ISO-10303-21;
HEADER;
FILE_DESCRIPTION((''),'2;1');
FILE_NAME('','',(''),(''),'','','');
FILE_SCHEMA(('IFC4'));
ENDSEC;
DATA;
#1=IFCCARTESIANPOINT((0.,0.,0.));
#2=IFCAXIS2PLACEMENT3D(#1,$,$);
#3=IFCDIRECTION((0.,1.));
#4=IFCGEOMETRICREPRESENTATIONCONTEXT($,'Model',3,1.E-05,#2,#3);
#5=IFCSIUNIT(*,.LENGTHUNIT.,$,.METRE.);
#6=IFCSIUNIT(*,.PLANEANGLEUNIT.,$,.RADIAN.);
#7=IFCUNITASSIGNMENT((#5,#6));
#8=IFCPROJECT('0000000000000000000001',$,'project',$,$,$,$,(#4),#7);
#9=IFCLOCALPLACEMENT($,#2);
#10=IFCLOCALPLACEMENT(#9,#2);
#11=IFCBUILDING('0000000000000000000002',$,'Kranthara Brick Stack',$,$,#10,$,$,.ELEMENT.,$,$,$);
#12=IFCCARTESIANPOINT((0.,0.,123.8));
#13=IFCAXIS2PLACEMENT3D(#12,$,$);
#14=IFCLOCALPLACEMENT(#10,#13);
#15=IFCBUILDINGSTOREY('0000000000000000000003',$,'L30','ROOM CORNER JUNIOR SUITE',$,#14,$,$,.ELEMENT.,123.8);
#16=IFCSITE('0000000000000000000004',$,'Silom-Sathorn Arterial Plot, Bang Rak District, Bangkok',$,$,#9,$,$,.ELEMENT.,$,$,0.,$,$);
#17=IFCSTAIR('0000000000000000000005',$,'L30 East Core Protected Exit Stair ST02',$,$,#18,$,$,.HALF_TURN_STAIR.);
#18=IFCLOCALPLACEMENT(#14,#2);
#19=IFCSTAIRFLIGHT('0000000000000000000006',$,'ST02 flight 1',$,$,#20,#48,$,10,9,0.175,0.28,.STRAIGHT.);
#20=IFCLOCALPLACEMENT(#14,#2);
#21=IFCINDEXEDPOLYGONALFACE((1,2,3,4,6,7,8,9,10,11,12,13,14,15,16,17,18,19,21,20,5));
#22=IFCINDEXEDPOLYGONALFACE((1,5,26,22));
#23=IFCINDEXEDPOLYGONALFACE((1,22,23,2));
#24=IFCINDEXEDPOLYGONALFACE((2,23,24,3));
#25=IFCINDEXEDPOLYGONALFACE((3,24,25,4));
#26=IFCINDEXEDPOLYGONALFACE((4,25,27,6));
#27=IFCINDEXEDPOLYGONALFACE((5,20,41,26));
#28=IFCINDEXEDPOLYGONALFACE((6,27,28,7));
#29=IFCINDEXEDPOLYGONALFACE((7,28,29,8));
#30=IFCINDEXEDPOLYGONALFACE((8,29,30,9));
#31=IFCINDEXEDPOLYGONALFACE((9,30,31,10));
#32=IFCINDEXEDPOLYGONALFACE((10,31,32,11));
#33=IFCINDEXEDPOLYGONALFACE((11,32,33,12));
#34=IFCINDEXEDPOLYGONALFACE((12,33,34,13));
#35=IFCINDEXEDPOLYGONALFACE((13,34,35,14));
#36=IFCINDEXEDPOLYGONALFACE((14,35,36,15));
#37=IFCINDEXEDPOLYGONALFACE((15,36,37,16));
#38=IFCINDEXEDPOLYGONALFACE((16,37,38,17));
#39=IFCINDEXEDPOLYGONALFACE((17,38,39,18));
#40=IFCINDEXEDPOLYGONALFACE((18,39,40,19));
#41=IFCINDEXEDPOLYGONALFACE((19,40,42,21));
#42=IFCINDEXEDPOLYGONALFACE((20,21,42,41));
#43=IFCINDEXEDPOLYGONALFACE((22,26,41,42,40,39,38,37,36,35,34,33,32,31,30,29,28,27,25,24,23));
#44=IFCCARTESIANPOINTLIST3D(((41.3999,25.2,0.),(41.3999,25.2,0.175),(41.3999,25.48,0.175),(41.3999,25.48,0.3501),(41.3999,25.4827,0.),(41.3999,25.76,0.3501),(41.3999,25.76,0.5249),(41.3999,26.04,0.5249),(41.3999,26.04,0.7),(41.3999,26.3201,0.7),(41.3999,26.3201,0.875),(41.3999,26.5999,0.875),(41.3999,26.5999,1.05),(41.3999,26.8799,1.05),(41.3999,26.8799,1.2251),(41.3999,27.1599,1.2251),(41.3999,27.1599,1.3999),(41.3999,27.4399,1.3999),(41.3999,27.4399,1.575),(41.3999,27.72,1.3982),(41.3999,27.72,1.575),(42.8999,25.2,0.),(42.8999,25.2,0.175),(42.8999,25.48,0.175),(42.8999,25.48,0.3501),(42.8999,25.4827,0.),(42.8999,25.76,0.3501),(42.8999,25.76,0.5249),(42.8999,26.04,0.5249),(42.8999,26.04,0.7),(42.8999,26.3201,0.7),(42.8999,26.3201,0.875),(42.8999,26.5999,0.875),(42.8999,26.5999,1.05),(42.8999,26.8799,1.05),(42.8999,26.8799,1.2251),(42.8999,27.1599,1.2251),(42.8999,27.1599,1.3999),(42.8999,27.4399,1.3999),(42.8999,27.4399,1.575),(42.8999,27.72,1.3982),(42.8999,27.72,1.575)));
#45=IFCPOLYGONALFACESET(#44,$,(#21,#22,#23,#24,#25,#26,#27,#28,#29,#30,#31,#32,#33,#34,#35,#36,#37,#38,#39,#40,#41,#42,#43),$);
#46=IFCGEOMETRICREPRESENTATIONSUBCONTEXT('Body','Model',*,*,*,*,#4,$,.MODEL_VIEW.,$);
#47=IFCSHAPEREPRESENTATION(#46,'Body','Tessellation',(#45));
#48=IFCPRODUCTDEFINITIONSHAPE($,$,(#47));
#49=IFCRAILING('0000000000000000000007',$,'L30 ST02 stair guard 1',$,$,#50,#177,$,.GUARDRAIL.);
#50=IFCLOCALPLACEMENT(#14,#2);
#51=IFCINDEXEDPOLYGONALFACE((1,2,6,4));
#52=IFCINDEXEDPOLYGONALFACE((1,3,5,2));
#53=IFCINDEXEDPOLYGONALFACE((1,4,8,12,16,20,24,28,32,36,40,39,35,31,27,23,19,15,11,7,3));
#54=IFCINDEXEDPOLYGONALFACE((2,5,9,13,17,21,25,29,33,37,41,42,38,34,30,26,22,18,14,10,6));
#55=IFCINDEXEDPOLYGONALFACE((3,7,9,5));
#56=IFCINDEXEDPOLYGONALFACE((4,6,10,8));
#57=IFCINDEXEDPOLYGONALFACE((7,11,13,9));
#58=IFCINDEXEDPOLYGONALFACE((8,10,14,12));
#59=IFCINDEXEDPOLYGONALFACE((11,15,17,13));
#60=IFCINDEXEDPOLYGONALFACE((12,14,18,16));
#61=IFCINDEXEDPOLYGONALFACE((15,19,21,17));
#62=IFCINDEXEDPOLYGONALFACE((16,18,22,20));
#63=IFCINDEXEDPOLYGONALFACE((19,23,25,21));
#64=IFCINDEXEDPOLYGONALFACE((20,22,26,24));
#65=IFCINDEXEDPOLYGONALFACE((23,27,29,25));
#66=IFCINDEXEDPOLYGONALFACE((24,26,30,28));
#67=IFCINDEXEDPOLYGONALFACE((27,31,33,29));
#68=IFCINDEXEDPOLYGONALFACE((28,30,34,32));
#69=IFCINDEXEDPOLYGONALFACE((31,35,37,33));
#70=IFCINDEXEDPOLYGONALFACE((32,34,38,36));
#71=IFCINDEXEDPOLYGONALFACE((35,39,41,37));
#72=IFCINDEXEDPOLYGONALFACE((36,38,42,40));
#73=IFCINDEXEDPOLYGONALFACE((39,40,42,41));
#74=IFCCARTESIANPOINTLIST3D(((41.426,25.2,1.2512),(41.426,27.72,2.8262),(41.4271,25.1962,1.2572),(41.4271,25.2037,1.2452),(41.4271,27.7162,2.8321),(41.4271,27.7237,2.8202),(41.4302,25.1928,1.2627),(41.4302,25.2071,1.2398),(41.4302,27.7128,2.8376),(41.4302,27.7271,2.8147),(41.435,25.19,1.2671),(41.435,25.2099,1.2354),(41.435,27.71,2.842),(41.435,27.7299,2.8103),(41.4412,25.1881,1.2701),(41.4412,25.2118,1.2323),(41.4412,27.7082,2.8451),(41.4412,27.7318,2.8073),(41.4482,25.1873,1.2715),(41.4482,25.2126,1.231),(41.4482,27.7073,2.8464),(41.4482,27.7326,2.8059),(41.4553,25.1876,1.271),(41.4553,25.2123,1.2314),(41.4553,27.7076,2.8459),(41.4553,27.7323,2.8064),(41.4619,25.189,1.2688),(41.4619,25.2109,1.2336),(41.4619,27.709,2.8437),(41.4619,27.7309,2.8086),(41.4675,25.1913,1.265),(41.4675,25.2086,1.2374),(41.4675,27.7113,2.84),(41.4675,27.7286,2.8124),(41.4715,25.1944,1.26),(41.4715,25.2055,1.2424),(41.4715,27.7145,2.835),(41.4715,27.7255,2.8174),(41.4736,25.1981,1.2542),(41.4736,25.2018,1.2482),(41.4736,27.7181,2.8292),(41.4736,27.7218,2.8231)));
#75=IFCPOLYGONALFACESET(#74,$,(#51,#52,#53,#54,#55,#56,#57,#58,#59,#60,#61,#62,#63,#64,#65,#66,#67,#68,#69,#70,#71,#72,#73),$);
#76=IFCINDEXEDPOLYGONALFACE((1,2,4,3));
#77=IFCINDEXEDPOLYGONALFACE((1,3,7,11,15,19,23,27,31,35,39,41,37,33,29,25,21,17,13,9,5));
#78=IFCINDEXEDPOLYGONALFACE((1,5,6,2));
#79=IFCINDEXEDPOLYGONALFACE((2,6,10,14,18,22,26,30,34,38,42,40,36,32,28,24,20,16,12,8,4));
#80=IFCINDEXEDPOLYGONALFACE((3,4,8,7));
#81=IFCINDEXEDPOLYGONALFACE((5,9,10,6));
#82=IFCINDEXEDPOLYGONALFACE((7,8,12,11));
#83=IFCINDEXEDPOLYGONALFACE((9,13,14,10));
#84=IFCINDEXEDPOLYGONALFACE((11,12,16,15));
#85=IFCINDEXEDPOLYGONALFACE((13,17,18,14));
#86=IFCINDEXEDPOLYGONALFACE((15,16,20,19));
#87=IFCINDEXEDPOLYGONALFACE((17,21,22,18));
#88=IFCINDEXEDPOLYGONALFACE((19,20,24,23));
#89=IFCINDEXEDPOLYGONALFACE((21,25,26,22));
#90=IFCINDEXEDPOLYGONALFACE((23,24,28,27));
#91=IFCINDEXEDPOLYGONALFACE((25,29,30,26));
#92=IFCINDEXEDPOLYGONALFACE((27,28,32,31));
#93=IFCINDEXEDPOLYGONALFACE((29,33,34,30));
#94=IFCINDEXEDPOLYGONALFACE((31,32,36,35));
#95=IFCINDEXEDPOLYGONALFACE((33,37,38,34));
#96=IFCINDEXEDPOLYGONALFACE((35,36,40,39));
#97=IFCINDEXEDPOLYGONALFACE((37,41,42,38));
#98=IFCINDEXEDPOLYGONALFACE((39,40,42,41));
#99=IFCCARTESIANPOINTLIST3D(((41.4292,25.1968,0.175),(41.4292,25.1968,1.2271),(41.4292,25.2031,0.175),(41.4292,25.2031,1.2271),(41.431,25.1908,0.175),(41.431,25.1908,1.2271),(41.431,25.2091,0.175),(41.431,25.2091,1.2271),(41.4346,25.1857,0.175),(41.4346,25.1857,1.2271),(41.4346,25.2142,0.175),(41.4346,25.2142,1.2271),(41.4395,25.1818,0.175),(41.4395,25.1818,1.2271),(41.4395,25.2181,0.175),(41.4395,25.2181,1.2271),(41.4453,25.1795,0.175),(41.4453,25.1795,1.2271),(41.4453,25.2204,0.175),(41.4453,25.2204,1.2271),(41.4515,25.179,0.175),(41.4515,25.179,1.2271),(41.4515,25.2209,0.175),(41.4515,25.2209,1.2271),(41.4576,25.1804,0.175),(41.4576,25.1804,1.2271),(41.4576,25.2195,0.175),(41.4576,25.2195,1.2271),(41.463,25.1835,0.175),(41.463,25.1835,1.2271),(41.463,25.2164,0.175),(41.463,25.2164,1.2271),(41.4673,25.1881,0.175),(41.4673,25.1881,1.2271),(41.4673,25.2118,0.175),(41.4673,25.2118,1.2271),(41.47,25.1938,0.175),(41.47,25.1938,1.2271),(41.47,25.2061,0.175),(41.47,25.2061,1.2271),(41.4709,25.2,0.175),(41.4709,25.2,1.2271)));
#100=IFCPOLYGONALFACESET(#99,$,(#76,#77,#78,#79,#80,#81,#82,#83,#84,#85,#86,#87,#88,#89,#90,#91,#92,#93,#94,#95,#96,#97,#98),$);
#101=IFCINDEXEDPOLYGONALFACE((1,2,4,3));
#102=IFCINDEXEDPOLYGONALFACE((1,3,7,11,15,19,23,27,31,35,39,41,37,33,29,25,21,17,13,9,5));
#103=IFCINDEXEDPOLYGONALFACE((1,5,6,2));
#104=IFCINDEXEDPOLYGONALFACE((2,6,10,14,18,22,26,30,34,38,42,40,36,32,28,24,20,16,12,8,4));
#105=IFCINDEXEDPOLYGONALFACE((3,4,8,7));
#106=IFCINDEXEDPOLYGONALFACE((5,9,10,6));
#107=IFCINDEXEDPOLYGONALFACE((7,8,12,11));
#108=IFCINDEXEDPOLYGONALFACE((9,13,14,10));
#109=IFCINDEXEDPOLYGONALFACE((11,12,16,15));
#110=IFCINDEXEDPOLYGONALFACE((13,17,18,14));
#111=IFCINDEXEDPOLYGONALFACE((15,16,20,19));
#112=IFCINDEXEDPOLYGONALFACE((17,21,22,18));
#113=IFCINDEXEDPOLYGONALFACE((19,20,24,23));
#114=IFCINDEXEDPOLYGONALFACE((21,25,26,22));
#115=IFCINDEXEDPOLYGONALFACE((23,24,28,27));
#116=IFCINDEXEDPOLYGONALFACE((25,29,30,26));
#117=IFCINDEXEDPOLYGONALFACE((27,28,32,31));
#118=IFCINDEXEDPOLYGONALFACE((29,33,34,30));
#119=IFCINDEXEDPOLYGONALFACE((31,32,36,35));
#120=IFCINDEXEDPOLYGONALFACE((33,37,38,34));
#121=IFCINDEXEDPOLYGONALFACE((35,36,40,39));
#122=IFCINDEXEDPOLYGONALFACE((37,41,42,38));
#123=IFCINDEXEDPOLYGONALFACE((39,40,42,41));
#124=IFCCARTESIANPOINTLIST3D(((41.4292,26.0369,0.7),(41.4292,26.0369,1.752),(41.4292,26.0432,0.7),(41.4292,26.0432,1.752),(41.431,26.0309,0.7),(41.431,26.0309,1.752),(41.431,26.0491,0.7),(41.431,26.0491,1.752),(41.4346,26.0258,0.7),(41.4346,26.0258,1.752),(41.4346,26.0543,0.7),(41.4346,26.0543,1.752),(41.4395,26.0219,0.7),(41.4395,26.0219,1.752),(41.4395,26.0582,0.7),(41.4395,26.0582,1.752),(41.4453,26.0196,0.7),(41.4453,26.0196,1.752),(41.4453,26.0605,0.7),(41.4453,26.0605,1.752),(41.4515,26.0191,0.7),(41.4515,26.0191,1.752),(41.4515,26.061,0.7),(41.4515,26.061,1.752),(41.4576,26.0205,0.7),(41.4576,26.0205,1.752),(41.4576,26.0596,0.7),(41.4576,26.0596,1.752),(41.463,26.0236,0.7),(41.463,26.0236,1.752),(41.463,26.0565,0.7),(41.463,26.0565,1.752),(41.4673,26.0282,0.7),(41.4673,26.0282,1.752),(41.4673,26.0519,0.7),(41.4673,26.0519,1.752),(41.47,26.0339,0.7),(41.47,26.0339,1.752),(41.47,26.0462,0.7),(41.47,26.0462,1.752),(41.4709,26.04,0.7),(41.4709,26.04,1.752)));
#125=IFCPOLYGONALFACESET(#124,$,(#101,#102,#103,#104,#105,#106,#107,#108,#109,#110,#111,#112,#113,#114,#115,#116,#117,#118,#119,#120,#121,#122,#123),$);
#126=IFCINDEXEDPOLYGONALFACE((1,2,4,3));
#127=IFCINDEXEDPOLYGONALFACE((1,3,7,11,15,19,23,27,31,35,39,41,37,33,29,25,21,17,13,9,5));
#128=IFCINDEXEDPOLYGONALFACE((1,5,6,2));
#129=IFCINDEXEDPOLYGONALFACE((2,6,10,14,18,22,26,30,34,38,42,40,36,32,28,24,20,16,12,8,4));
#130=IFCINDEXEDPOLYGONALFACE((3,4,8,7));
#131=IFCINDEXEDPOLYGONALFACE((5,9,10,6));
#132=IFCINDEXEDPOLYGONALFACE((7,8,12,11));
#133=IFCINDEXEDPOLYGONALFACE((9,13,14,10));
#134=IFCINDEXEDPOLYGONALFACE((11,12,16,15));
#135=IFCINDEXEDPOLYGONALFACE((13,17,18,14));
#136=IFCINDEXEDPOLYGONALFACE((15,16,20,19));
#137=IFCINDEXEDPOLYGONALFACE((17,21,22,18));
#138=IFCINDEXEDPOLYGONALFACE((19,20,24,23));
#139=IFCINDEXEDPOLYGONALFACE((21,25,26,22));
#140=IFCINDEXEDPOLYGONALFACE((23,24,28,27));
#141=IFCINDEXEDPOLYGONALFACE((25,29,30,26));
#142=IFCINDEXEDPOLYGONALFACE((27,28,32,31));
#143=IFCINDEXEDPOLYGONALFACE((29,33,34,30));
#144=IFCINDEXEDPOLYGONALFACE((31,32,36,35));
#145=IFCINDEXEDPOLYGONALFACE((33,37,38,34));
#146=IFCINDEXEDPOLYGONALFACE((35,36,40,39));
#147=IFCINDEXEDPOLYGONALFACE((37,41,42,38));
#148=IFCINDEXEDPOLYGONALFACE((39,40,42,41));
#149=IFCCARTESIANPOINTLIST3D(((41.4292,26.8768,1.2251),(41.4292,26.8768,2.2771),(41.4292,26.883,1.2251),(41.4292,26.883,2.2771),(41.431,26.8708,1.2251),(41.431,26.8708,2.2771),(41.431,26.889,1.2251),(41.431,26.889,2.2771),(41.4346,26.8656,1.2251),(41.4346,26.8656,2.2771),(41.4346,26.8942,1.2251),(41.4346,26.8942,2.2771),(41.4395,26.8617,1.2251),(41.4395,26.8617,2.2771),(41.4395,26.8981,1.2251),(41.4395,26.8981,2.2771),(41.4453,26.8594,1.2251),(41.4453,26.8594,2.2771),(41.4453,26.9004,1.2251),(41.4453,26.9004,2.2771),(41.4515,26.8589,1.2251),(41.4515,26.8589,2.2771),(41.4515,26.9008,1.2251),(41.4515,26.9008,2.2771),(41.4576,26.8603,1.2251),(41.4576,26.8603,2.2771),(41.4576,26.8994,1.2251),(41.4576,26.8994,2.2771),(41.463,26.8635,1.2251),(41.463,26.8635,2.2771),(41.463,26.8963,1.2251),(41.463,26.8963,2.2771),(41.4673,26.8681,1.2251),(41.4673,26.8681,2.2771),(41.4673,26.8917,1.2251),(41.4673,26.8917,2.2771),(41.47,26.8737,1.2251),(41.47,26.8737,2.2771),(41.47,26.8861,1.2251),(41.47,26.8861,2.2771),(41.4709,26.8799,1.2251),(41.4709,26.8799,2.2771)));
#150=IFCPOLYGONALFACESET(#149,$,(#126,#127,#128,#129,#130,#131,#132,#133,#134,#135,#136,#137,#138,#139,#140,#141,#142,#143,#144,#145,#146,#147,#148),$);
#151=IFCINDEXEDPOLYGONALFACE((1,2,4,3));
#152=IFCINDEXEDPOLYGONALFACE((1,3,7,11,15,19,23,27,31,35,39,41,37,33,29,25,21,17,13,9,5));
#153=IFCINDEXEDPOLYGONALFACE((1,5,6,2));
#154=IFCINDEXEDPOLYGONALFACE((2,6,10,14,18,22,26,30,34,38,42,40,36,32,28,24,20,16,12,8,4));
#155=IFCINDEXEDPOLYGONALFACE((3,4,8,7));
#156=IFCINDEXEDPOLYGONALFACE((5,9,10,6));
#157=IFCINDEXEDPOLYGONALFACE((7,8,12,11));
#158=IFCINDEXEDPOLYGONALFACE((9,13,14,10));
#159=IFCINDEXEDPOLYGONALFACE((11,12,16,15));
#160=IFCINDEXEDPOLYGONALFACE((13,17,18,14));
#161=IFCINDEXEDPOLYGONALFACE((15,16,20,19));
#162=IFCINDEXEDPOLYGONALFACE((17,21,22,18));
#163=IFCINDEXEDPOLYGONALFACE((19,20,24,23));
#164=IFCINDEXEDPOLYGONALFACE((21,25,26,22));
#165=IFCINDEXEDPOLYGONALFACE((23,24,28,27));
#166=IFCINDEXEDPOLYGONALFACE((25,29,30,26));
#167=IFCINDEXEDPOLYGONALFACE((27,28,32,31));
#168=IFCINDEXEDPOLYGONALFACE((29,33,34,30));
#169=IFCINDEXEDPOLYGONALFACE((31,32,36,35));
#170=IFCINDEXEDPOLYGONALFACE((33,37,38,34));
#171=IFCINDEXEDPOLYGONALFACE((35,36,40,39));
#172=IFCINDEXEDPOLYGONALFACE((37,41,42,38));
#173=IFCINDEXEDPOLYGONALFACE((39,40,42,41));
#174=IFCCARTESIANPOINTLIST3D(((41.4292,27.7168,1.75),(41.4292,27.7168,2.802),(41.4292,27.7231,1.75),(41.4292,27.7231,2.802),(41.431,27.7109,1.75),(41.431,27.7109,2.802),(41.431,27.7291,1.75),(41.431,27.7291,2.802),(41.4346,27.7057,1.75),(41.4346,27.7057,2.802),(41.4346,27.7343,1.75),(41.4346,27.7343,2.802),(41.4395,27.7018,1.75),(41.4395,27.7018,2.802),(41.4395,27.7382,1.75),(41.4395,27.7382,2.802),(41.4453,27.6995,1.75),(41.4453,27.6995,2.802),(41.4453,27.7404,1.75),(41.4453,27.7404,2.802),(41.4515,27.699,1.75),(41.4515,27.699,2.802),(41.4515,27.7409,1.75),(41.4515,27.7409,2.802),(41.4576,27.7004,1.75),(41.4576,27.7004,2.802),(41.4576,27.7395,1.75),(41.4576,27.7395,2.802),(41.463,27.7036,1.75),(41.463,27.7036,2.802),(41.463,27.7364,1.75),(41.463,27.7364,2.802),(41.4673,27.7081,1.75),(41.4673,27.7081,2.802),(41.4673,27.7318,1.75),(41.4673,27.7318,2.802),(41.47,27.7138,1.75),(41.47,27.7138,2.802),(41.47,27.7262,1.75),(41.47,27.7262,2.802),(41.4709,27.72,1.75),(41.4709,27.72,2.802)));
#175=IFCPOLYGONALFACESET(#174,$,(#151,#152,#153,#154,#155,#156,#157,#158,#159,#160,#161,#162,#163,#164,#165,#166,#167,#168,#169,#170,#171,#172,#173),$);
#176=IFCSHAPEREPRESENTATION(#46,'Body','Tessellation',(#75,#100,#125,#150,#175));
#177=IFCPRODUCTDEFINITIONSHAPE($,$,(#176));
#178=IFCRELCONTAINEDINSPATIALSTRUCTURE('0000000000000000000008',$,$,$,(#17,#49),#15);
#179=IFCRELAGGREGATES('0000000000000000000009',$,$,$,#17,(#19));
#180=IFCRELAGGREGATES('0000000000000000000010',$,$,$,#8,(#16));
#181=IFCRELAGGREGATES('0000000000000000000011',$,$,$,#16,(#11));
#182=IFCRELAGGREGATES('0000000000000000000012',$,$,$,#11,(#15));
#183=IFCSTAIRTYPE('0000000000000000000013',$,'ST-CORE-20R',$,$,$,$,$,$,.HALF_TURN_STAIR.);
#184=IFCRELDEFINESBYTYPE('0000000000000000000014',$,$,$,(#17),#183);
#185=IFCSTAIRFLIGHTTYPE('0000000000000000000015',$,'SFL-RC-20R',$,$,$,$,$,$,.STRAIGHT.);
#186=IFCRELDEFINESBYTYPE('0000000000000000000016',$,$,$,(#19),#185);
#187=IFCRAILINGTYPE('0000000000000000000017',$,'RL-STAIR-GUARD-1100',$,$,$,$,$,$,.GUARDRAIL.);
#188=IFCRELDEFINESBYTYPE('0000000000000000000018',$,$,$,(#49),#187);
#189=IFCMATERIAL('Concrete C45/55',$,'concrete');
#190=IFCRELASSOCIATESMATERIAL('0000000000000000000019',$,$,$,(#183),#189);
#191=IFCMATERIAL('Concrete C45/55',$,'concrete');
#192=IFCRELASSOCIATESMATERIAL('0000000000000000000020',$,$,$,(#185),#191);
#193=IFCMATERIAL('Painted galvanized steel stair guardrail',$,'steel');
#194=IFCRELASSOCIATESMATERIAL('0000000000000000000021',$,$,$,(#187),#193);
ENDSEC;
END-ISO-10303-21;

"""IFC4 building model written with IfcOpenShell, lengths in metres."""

from ifc_helpers import new_model, si_unit, direction, frame, origin, origin_2d, place, context, subcontext, project, spatial, polyline, circle, outline, extrude, material, type_object, element, aggregate, save


model = new_model("IFC4")

# Units and contexts
model_context = context("Model", 3, precision=1e-05, world=origin(), true_north=direction((0.0, 1.0)))
body_context = subcontext(model_context, "Body", "Model", "MODEL_VIEW")
ifc_project = project(units=[si_unit("LENGTHUNIT", "METRE"), si_unit("PLANEANGLEUNIT", "RADIAN")], contexts=[model_context])

# Site, building, storey
site_placement = place(None, origin())
site = spatial("IfcSite", under=ifc_project, at=site_placement, Name="Silom-Sathorn Arterial Plot, Bang Rak District, Bangkok", CompositionType="ELEMENT", RefElevation=0.0)
building_placement = place(site_placement, origin())
building = spatial("IfcBuilding", under=site, at=building_placement, Name="Kranthara Brick Stack", CompositionType="ELEMENT")
storey_placement = place(building_placement, frame((0.0, 0.0, 123.8)))
storey = spatial("IfcBuildingStorey", under=building, at=storey_placement, Name="L30", Description="ROOM CORNER JUNIOR SUITE", CompositionType="ELEMENT", Elevation=123.8)

# Stair, stair flight
ifc_material_1 = material(Name="Concrete C45/55", Category="concrete")
stair_type = type_object("IfcStairType", Name="ST-CORE-20R", PredefinedType="HALF_TURN_STAIR", material=ifc_material_1)
stair_placement = place(storey_placement, origin())
stair = element("IfcStair", 1, at=stair_placement, inside=storey, type_object=stair_type, Name="L30 East Core Protected Exit Stair ST02", PredefinedType="HALF_TURN_STAIR")
ifc_material_2 = material(Name="Concrete C45/55", Category="concrete")
stair_flight_type = type_object("IfcStairFlightType", Name="SFL-RC-20R", PredefinedType="STRAIGHT", material=ifc_material_2)
stair_flight_placement = place(storey_placement, frame((42.1499, 25.2, 0.0), z_axis=(0.0, 0.0, 1.0), x_axis=(0.0, 1.0, 0.0)))
stair_flight = element("IfcStairFlight", 2, at=stair_flight_placement, type_object=stair_flight_type, Name="ST02 flight 1", NumberOfRisers=10, NumberOfTreads=9, PredefinedType="STRAIGHT", RiserHeight=0.175, TreadLength=0.28, context=body_context, shape_type="SweptSolid", body=[
    extrude(outline(polyline([(0.0, 0.0), (0.0, 0.175), (0.28, 0.175), (0.28, 0.3501), (0.5601, 0.3501), (0.5601, 0.5249), (0.8401, 0.5249), (0.8401, 0.7), (1.1201, 0.7), (1.1201, 0.875), (1.3999, 0.875), (1.3999, 1.05), (1.6799, 1.05), (1.6799, 1.2251), (1.96, 1.2251), (1.96, 1.3999), (2.24, 1.3999), (2.24, 1.575), (2.52, 1.575), (2.52, 1.75), (2.52, 1.3982), (0.2827, 0.0), (0.0, 0.0)])), frame((0.0, 0.75, 0.0), z_axis=(0.0, -1.0, 0.0), x_axis=(1.0, 0.0, 0.0)), (0.0, 0.0, 1.0), 1.5),
])
aggregate(stair, [stair_flight])

# Railing
ifc_material_3 = material(Name="Painted galvanized steel stair guardrail", Category="steel")
railing_type_1 = type_object("IfcRailingType", Name="RL-STAIR-GUARD-1100", PredefinedType="GUARDRAIL", material=ifc_material_3)
railing_1_placement = place(storey_placement, frame((41.45, 25.2, 0.175)))
element("IfcRailing", 3, at=railing_1_placement, inside=storey, type_object=railing_type_1, Name="L30 ST02 stair guard 1", PredefinedType="GUARDRAIL", context=body_context, shape_type="SweptSolid", body=[
    extrude(circle(Radius=0.0239, at=origin_2d()), frame((0.0, 0.0, 1.0762), z_axis=(0.0, 0.848008, 0.529984), x_axis=(-1.0, 0.0, 0.0)), (0.0, 0.0, 1.0), 2.9717),
    extrude(circle(Radius=0.021, at=origin_2d()), origin(), (0.0, 0.0, 1.0), 1.052),
    extrude(circle(Radius=0.021, at=origin_2d()), frame((0.0, 0.8401, 0.5249)), (0.0, 0.0, 1.0), 1.052),
    extrude(circle(Radius=0.021, at=origin_2d()), frame((0.0, 1.6799, 1.05)), (0.0, 0.0, 1.0), 1.052),
    extrude(circle(Radius=0.021, at=origin_2d()), frame((0.0, 2.52, 1.575)), (0.0, 0.0, 1.0), 1.052),
])

save(model, "model.ifc")
